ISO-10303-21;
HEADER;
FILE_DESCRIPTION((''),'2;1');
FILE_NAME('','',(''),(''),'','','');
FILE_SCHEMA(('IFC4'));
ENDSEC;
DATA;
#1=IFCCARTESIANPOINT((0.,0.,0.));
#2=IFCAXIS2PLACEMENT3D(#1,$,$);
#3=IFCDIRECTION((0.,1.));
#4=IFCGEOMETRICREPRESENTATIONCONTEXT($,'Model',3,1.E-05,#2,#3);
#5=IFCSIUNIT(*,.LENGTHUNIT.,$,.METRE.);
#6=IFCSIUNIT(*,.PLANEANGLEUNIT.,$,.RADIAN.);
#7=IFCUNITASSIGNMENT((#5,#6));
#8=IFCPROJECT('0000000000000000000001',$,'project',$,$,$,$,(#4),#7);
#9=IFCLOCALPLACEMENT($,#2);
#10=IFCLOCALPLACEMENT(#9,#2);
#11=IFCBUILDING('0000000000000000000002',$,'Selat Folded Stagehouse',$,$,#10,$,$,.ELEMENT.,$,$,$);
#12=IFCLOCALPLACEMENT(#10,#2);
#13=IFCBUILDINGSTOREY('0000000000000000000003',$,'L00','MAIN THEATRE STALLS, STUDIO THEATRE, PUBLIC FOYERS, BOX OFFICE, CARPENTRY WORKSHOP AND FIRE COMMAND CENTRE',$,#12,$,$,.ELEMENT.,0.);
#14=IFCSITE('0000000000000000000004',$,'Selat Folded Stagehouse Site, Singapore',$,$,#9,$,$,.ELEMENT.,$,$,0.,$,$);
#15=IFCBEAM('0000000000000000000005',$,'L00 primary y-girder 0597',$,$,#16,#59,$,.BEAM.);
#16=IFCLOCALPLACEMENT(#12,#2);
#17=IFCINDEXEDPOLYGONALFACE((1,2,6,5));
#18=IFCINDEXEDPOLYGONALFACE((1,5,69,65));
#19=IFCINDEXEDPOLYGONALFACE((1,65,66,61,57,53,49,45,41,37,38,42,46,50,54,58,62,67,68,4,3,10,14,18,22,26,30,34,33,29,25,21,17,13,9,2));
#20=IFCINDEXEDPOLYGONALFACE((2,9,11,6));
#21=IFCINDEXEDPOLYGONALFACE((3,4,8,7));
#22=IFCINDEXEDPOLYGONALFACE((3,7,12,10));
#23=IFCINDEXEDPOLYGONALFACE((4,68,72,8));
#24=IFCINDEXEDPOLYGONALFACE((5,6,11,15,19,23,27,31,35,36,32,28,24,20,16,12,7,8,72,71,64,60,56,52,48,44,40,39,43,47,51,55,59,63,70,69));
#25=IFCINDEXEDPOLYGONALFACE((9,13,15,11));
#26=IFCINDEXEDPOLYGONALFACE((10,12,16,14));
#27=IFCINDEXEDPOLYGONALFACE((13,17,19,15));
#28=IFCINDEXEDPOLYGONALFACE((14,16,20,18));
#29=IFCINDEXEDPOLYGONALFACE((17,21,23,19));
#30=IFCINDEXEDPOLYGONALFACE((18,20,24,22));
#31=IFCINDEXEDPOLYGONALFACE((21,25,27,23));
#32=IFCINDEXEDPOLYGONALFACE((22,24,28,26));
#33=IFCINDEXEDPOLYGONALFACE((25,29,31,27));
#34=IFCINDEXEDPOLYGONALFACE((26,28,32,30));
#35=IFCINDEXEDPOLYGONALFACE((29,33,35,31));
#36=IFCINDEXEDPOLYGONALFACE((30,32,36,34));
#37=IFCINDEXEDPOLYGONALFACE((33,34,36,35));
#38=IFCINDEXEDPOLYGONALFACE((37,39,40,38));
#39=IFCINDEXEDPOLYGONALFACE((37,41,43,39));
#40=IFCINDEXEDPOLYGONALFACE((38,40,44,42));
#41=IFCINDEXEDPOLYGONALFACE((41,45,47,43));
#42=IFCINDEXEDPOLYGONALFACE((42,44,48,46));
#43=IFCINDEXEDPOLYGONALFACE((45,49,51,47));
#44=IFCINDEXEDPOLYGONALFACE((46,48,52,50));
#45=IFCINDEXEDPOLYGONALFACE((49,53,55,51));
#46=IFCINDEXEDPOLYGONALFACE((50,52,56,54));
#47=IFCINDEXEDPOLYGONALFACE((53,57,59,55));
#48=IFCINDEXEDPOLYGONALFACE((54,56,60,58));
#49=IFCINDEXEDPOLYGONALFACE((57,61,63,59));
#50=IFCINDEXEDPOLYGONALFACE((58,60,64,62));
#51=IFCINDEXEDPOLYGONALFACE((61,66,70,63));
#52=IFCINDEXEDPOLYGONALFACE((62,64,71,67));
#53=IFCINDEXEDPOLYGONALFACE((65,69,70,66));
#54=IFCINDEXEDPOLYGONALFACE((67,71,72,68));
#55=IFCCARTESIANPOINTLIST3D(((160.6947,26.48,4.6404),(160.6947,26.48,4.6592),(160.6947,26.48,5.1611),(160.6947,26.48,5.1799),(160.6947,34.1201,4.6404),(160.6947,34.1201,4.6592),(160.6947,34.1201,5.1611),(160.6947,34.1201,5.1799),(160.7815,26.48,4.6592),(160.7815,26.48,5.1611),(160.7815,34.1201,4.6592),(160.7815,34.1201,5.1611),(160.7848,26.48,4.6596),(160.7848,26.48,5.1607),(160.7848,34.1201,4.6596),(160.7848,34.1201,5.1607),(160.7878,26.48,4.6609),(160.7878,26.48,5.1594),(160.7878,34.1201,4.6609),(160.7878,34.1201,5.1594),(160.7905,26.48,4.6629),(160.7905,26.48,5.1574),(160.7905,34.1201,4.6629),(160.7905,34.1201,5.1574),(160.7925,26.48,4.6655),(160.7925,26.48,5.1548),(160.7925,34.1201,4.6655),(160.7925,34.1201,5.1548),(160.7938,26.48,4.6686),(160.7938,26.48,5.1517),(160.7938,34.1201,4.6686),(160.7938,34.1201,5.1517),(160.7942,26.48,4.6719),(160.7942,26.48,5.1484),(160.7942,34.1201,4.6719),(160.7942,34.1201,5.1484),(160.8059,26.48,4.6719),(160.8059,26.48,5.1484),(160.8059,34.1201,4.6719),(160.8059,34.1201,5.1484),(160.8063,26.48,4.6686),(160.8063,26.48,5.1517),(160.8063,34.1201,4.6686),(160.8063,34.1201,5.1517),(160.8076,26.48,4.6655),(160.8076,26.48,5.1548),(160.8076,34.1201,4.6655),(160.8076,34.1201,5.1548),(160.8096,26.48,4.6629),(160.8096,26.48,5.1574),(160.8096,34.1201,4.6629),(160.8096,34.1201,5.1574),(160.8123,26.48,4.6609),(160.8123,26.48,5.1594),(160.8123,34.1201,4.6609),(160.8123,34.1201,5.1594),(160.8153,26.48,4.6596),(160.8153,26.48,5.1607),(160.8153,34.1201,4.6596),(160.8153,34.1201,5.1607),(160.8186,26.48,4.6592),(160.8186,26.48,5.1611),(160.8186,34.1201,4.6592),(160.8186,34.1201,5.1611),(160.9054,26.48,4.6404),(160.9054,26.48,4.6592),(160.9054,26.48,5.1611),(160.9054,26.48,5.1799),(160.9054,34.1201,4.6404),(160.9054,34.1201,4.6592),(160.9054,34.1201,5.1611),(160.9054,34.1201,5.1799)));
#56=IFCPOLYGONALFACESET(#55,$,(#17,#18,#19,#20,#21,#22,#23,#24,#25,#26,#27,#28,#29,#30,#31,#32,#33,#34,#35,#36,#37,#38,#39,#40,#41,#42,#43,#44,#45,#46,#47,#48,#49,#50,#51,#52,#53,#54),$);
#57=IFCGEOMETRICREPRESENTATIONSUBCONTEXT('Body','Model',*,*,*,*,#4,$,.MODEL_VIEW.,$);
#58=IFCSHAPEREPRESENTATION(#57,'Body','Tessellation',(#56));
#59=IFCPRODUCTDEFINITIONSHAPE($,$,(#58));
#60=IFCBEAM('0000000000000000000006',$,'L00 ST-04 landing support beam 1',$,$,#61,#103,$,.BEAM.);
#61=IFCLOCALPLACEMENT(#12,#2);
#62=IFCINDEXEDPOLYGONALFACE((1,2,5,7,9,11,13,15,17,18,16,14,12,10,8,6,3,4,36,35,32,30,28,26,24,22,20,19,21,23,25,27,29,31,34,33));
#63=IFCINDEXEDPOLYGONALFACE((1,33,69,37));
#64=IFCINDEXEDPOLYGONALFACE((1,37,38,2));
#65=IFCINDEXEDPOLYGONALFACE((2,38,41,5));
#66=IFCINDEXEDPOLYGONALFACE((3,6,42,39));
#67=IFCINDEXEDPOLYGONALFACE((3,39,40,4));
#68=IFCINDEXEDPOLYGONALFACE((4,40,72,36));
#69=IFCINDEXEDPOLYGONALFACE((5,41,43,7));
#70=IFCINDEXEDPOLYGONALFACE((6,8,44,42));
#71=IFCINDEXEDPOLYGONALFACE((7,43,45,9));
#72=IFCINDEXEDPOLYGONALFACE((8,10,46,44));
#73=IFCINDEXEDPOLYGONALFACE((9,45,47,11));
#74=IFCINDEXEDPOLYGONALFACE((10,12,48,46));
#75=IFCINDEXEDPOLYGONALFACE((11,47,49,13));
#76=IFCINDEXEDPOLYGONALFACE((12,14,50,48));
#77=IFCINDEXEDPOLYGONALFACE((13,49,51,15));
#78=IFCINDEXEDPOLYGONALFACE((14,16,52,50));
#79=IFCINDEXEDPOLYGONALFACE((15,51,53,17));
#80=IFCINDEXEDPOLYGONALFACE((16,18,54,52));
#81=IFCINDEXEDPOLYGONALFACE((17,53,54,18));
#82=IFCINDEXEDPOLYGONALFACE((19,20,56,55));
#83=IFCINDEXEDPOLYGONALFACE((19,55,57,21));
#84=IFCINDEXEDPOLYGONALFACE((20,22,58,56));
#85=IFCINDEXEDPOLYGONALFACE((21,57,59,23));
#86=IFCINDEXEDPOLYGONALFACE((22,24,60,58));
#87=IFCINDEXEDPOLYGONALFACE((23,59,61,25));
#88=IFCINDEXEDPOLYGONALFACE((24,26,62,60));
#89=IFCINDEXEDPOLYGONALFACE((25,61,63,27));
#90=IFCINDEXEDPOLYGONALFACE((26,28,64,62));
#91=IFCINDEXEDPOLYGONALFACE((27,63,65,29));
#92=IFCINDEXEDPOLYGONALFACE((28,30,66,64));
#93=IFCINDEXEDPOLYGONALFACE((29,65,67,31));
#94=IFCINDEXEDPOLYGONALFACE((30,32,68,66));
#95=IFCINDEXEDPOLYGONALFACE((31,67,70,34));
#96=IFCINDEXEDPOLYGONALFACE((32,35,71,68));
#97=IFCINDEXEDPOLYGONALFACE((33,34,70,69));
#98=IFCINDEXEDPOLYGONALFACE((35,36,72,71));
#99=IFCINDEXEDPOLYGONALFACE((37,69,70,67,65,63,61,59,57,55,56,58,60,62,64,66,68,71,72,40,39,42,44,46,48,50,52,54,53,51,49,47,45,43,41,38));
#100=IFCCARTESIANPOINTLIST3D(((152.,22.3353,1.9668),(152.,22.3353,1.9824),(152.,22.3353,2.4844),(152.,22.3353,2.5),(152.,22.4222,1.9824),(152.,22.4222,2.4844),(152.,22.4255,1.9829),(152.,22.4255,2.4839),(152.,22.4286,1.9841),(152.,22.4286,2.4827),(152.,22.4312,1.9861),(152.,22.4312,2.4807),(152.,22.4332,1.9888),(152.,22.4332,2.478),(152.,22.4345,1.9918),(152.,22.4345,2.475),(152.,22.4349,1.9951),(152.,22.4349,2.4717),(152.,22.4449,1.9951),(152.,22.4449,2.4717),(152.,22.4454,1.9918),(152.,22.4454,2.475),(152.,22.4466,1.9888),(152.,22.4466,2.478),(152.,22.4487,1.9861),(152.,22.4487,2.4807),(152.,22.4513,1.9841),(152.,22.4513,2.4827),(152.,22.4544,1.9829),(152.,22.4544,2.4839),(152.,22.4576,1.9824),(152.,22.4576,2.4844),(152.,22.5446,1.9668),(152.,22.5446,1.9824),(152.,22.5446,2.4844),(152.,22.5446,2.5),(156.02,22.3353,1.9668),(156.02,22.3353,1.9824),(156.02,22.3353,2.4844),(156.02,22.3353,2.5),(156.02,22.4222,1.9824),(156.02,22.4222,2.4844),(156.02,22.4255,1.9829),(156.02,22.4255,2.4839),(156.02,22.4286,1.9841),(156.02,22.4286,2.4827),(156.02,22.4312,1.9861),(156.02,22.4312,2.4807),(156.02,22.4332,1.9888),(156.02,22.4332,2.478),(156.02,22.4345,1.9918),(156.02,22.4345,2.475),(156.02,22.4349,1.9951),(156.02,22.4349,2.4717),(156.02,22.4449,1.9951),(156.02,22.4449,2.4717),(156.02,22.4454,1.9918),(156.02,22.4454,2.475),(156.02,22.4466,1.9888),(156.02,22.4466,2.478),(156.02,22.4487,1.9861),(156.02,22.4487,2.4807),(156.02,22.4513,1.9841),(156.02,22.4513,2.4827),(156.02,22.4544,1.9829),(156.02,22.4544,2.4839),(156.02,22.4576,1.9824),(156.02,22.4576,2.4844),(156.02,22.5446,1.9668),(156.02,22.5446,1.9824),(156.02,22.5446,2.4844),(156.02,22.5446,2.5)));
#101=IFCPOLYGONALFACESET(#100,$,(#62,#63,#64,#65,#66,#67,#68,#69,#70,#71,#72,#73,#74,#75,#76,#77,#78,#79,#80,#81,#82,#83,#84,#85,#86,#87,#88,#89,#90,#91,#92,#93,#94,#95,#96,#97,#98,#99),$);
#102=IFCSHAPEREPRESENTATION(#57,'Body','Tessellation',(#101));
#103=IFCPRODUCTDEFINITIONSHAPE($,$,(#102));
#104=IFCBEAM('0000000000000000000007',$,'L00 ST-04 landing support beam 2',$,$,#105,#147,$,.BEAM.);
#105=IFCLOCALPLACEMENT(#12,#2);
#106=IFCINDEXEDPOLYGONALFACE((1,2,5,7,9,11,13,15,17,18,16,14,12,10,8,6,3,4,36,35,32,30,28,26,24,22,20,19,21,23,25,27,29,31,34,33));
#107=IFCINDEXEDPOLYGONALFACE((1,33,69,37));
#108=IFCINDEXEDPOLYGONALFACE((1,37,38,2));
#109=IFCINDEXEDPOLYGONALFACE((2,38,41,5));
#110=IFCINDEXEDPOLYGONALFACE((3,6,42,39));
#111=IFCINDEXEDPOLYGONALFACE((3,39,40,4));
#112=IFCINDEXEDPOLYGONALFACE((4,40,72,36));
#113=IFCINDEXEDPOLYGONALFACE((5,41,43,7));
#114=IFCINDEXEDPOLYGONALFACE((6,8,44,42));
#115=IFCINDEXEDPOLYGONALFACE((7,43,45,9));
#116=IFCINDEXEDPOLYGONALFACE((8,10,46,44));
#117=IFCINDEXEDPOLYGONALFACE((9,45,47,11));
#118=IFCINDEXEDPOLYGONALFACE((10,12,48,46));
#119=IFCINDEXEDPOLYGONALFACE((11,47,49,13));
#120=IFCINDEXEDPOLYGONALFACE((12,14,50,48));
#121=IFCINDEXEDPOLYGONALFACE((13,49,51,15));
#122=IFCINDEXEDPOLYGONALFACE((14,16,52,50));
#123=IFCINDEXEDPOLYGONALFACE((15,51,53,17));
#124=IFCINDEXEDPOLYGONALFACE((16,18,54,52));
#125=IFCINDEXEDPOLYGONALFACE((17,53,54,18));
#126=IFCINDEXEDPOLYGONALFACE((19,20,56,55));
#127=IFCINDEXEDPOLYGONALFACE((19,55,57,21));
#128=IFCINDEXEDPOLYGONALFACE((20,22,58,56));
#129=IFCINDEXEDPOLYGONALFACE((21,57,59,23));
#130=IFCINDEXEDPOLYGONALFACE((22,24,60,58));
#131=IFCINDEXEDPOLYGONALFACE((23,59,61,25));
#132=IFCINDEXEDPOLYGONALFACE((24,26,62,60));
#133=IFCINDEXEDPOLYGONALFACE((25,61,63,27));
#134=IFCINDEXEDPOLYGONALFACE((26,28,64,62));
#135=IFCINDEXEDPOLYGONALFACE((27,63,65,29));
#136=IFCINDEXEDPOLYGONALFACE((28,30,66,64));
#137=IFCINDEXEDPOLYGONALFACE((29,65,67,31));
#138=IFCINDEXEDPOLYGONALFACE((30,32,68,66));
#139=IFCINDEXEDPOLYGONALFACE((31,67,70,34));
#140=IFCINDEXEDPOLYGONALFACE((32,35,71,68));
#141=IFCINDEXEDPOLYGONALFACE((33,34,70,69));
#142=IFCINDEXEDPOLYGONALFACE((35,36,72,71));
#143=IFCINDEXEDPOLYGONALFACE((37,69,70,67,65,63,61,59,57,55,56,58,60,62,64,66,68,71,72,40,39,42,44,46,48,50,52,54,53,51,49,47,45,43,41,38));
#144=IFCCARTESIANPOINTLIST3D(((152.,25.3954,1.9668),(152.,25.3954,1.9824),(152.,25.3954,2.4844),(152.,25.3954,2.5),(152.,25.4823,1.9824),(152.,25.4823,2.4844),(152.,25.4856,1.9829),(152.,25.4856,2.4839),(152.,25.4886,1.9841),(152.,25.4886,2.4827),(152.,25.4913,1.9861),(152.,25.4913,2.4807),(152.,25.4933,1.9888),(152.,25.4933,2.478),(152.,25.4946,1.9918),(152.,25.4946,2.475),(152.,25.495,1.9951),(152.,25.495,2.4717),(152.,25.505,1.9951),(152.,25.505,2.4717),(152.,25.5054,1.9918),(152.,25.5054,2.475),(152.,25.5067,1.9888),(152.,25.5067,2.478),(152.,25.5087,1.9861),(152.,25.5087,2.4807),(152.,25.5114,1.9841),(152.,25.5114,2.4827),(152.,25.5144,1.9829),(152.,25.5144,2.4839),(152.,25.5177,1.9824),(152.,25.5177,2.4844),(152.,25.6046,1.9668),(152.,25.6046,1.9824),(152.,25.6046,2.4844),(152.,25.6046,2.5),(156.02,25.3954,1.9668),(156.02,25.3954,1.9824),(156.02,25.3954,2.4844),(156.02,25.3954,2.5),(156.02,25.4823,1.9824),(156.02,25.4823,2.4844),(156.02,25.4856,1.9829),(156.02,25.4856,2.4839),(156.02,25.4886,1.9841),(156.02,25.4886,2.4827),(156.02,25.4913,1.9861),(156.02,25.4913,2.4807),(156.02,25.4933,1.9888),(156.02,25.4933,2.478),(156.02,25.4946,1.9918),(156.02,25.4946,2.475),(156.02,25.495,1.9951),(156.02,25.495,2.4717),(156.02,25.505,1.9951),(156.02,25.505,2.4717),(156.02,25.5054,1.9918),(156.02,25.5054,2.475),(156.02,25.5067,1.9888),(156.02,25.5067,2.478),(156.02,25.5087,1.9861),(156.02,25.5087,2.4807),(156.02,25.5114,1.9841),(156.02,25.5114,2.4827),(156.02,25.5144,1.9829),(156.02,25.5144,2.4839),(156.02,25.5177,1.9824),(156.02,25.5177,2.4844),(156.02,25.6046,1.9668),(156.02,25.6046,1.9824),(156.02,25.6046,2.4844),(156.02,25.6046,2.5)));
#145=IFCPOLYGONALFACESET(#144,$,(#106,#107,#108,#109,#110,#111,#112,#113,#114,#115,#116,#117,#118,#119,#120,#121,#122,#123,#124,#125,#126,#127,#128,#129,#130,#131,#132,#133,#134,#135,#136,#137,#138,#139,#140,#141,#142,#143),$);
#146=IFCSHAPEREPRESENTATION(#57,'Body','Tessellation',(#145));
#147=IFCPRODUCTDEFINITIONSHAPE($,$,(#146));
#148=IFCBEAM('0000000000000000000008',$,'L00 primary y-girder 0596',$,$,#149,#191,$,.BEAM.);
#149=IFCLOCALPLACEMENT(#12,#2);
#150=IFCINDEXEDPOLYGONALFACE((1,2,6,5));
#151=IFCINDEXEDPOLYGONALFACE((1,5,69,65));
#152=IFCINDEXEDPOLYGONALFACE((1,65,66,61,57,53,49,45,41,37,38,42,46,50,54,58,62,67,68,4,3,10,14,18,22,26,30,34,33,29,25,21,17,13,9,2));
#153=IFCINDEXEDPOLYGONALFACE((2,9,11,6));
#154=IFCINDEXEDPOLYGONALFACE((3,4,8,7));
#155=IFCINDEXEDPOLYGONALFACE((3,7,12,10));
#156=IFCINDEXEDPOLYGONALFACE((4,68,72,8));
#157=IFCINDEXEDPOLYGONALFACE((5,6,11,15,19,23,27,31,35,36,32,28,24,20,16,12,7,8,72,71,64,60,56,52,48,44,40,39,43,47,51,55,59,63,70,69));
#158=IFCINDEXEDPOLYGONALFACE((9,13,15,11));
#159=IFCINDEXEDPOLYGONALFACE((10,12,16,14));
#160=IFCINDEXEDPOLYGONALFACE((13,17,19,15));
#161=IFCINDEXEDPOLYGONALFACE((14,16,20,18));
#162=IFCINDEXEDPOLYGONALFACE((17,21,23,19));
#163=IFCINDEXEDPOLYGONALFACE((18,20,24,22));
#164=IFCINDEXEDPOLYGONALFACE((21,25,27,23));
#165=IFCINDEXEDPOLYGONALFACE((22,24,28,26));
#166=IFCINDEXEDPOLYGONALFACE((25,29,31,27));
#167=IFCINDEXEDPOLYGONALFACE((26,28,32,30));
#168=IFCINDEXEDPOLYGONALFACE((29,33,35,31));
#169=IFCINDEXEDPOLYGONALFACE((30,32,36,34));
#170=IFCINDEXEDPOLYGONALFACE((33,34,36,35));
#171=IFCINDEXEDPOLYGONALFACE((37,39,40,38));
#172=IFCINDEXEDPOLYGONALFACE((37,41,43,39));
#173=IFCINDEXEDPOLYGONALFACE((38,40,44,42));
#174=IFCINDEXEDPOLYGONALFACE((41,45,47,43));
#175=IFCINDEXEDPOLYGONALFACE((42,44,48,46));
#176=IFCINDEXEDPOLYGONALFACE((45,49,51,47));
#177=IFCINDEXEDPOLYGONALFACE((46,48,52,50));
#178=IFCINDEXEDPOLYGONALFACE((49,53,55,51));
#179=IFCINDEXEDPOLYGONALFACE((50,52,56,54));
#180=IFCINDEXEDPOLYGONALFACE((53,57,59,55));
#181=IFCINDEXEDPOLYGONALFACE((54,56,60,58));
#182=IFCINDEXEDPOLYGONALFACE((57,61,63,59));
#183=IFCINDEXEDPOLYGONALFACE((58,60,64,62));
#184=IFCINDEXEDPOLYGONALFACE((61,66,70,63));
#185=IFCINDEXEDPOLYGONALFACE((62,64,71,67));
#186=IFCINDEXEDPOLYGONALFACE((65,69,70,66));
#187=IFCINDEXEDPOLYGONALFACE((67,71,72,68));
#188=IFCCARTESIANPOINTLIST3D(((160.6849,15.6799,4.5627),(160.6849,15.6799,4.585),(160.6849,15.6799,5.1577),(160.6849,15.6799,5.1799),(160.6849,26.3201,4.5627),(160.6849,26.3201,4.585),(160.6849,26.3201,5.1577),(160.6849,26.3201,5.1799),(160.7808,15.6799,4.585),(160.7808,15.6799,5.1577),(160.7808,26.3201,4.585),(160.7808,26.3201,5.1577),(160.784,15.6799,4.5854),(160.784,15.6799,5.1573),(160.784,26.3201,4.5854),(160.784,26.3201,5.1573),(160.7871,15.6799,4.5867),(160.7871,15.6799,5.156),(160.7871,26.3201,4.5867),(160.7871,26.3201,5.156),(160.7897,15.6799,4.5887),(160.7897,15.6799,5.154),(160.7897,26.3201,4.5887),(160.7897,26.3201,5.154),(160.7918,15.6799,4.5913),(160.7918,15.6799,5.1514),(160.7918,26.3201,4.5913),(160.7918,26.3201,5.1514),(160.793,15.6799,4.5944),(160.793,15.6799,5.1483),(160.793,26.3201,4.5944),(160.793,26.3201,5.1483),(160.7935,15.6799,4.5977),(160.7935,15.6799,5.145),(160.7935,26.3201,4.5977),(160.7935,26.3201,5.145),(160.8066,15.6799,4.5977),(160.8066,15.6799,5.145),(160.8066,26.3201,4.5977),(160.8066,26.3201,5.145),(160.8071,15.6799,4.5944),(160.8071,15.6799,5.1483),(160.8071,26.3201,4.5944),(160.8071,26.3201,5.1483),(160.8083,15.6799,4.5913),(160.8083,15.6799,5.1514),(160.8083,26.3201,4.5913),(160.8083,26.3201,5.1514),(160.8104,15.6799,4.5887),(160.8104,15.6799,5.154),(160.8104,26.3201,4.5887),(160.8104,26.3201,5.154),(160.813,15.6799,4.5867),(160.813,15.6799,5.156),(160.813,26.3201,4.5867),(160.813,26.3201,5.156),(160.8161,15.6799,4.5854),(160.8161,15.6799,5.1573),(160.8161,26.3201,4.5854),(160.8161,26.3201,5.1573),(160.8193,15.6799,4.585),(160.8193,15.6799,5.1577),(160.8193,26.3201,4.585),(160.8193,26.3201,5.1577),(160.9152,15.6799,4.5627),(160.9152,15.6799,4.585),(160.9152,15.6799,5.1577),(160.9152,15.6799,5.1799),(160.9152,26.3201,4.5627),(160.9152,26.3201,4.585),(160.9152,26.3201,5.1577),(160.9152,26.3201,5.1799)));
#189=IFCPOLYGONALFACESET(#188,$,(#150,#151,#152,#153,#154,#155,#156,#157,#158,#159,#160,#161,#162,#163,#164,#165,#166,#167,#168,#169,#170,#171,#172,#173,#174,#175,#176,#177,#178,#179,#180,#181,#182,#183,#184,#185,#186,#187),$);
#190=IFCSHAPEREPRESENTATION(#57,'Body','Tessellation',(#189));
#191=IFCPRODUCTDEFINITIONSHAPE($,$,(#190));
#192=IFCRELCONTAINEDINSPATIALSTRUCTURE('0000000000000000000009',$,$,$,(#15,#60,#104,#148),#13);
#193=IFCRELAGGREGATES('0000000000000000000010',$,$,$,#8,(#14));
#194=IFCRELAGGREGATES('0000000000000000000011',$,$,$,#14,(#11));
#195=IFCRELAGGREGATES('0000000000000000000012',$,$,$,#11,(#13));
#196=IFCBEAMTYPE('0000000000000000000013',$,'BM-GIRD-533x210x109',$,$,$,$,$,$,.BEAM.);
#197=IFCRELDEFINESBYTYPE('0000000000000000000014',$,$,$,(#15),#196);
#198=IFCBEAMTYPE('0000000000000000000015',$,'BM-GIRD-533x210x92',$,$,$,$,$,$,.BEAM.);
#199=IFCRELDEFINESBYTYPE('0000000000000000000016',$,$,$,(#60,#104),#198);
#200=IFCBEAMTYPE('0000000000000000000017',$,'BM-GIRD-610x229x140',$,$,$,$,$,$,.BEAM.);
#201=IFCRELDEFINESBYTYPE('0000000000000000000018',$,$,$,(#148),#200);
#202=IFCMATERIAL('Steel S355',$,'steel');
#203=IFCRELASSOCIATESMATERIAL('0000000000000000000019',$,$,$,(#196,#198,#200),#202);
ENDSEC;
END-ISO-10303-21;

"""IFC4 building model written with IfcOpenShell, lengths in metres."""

from ifc_helpers import new_model, si_unit, direction, frame, origin, origin_2d, place, context, subcontext, project, spatial, i_section, extrude, material, material_profile, profile_set, type_object, element, save


model = new_model("IFC4")

# Units and contexts
model_context = context("Model", 3, precision=1e-05, world=origin(), true_north=direction((0.0, 1.0)))
body_context = subcontext(model_context, "Body", "Model", "MODEL_VIEW")
ifc_project = project(units=[si_unit("LENGTHUNIT", "METRE"), si_unit("PLANEANGLEUNIT", "RADIAN")], contexts=[model_context])

# Site, building, storey
site_placement = place(None, origin())
site = spatial("IfcSite", under=ifc_project, at=site_placement, Name="Selat Folded Stagehouse Site, Singapore", CompositionType="ELEMENT", RefElevation=0.0)
building_placement = place(site_placement, origin())
building = spatial("IfcBuilding", under=site, at=building_placement, Name="Selat Folded Stagehouse", CompositionType="ELEMENT")
storey_placement = place(building_placement, origin())
storey = spatial("IfcBuildingStorey", under=building, at=storey_placement, Name="L00", Description="MAIN THEATRE STALLS, STUDIO THEATRE, PUBLIC FOYERS, BOX OFFICE, CARPENTRY WORKSHOP AND FIRE COMMAND CENTRE", CompositionType="ELEMENT", Elevation=0.0)

# Shared definitions
ifc_material_1 = material(Name="Steel S355", Category="steel")

# Beams
ifc_material_profile_1 = material_profile(ifc_material_1, i_section(OverallWidth=0.2107, OverallDepth=0.5396, WebThickness=0.0117, FlangeThickness=0.0188, FilletRadius=0.0127, at=origin_2d()), Name="UKB 533x210x109")
ifc_profile_set_1 = profile_set([ifc_material_profile_1], Name="Steel S355")
beam_type_1 = type_object("IfcBeamType", Name="BM-GIRD-533x210x109", PredefinedType="BEAM", material=ifc_profile_set_1)
for number, where, z_axis, x_axis, name in (
    (1, (160.8, 26.48, 4.9102), (0.0, 1.0, 0.0), (-1.0, 0.0, 0.0), "L00 primary y-girder 0597"),
):
    element("IfcBeam", number, at=place(storey_placement, frame(where, z_axis=z_axis, x_axis=x_axis)), inside=storey, type_object=beam_type_1, Name=name, PredefinedType="BEAM", context=body_context, shape_type="SweptSolid", body=[
        extrude(i_section(OverallWidth=0.2107, OverallDepth=0.5396, WebThickness=0.0117, FlangeThickness=0.0188, FilletRadius=0.0127, at=origin_2d()), origin(), (0.0, 0.0, 1.0), 7.6401),
    ])
ifc_material_profile_2 = material_profile(ifc_material_1, i_section(OverallWidth=0.2092, OverallDepth=0.5332, WebThickness=0.01, FlangeThickness=0.0156, FilletRadius=0.0127, at=origin_2d()), Name="UKB 533x210x92")
ifc_profile_set_2 = profile_set([ifc_material_profile_2], Name="Steel S355")
beam_type_2 = type_object("IfcBeamType", Name="BM-GIRD-533x210x92", PredefinedType="BEAM", material=ifc_profile_set_2)
for number, where, z_axis, x_axis, name in (
    (2, (152.0, 22.4399, 2.2334), (1.0, 0.0, 0.0), (0.0, 1.0, 0.0), "L00 ST-04 landing support beam 1"),
    (3, (152.0, 25.5, 2.2334), (1.0, 0.0, 0.0), (0.0, 1.0, 0.0), "L00 ST-04 landing support beam 2"),
):
    element("IfcBeam", number, at=place(storey_placement, frame(where, z_axis=z_axis, x_axis=x_axis)), inside=storey, type_object=beam_type_2, Name=name, PredefinedType="BEAM", context=body_context, shape_type="SweptSolid", body=[
        extrude(i_section(OverallWidth=0.2092, OverallDepth=0.5332, WebThickness=0.01, FlangeThickness=0.0156, FilletRadius=0.0127, at=origin_2d()), origin(), (0.0, 0.0, 1.0), 4.02),
    ])
ifc_material_profile_3 = material_profile(ifc_material_1, i_section(OverallWidth=0.2302, OverallDepth=0.6172, WebThickness=0.0132, FlangeThickness=0.0222, FilletRadius=0.0127, at=origin_2d()), Name="UKB 610x229x140")
ifc_profile_set_3 = profile_set([ifc_material_profile_3], Name="Steel S355")
beam_type_3 = type_object("IfcBeamType", Name="BM-GIRD-610x229x140", PredefinedType="BEAM", material=ifc_profile_set_3)
beam_1_placement = place(storey_placement, frame((160.8, 15.6799, 4.8713), z_axis=(0.0, 1.0, 0.0), x_axis=(-1.0, 0.0, 0.0)))
element("IfcBeam", 4, at=beam_1_placement, inside=storey, type_object=beam_type_3, Name="L00 primary y-girder 0596", PredefinedType="BEAM", context=body_context, shape_type="SweptSolid", body=[
    extrude(i_section(OverallWidth=0.2302, OverallDepth=0.6172, WebThickness=0.0132, FlangeThickness=0.0222, FilletRadius=0.0127, at=origin_2d()), origin(), (0.0, 0.0, 1.0), 10.6401),
])

save(model, "model.ifc")
